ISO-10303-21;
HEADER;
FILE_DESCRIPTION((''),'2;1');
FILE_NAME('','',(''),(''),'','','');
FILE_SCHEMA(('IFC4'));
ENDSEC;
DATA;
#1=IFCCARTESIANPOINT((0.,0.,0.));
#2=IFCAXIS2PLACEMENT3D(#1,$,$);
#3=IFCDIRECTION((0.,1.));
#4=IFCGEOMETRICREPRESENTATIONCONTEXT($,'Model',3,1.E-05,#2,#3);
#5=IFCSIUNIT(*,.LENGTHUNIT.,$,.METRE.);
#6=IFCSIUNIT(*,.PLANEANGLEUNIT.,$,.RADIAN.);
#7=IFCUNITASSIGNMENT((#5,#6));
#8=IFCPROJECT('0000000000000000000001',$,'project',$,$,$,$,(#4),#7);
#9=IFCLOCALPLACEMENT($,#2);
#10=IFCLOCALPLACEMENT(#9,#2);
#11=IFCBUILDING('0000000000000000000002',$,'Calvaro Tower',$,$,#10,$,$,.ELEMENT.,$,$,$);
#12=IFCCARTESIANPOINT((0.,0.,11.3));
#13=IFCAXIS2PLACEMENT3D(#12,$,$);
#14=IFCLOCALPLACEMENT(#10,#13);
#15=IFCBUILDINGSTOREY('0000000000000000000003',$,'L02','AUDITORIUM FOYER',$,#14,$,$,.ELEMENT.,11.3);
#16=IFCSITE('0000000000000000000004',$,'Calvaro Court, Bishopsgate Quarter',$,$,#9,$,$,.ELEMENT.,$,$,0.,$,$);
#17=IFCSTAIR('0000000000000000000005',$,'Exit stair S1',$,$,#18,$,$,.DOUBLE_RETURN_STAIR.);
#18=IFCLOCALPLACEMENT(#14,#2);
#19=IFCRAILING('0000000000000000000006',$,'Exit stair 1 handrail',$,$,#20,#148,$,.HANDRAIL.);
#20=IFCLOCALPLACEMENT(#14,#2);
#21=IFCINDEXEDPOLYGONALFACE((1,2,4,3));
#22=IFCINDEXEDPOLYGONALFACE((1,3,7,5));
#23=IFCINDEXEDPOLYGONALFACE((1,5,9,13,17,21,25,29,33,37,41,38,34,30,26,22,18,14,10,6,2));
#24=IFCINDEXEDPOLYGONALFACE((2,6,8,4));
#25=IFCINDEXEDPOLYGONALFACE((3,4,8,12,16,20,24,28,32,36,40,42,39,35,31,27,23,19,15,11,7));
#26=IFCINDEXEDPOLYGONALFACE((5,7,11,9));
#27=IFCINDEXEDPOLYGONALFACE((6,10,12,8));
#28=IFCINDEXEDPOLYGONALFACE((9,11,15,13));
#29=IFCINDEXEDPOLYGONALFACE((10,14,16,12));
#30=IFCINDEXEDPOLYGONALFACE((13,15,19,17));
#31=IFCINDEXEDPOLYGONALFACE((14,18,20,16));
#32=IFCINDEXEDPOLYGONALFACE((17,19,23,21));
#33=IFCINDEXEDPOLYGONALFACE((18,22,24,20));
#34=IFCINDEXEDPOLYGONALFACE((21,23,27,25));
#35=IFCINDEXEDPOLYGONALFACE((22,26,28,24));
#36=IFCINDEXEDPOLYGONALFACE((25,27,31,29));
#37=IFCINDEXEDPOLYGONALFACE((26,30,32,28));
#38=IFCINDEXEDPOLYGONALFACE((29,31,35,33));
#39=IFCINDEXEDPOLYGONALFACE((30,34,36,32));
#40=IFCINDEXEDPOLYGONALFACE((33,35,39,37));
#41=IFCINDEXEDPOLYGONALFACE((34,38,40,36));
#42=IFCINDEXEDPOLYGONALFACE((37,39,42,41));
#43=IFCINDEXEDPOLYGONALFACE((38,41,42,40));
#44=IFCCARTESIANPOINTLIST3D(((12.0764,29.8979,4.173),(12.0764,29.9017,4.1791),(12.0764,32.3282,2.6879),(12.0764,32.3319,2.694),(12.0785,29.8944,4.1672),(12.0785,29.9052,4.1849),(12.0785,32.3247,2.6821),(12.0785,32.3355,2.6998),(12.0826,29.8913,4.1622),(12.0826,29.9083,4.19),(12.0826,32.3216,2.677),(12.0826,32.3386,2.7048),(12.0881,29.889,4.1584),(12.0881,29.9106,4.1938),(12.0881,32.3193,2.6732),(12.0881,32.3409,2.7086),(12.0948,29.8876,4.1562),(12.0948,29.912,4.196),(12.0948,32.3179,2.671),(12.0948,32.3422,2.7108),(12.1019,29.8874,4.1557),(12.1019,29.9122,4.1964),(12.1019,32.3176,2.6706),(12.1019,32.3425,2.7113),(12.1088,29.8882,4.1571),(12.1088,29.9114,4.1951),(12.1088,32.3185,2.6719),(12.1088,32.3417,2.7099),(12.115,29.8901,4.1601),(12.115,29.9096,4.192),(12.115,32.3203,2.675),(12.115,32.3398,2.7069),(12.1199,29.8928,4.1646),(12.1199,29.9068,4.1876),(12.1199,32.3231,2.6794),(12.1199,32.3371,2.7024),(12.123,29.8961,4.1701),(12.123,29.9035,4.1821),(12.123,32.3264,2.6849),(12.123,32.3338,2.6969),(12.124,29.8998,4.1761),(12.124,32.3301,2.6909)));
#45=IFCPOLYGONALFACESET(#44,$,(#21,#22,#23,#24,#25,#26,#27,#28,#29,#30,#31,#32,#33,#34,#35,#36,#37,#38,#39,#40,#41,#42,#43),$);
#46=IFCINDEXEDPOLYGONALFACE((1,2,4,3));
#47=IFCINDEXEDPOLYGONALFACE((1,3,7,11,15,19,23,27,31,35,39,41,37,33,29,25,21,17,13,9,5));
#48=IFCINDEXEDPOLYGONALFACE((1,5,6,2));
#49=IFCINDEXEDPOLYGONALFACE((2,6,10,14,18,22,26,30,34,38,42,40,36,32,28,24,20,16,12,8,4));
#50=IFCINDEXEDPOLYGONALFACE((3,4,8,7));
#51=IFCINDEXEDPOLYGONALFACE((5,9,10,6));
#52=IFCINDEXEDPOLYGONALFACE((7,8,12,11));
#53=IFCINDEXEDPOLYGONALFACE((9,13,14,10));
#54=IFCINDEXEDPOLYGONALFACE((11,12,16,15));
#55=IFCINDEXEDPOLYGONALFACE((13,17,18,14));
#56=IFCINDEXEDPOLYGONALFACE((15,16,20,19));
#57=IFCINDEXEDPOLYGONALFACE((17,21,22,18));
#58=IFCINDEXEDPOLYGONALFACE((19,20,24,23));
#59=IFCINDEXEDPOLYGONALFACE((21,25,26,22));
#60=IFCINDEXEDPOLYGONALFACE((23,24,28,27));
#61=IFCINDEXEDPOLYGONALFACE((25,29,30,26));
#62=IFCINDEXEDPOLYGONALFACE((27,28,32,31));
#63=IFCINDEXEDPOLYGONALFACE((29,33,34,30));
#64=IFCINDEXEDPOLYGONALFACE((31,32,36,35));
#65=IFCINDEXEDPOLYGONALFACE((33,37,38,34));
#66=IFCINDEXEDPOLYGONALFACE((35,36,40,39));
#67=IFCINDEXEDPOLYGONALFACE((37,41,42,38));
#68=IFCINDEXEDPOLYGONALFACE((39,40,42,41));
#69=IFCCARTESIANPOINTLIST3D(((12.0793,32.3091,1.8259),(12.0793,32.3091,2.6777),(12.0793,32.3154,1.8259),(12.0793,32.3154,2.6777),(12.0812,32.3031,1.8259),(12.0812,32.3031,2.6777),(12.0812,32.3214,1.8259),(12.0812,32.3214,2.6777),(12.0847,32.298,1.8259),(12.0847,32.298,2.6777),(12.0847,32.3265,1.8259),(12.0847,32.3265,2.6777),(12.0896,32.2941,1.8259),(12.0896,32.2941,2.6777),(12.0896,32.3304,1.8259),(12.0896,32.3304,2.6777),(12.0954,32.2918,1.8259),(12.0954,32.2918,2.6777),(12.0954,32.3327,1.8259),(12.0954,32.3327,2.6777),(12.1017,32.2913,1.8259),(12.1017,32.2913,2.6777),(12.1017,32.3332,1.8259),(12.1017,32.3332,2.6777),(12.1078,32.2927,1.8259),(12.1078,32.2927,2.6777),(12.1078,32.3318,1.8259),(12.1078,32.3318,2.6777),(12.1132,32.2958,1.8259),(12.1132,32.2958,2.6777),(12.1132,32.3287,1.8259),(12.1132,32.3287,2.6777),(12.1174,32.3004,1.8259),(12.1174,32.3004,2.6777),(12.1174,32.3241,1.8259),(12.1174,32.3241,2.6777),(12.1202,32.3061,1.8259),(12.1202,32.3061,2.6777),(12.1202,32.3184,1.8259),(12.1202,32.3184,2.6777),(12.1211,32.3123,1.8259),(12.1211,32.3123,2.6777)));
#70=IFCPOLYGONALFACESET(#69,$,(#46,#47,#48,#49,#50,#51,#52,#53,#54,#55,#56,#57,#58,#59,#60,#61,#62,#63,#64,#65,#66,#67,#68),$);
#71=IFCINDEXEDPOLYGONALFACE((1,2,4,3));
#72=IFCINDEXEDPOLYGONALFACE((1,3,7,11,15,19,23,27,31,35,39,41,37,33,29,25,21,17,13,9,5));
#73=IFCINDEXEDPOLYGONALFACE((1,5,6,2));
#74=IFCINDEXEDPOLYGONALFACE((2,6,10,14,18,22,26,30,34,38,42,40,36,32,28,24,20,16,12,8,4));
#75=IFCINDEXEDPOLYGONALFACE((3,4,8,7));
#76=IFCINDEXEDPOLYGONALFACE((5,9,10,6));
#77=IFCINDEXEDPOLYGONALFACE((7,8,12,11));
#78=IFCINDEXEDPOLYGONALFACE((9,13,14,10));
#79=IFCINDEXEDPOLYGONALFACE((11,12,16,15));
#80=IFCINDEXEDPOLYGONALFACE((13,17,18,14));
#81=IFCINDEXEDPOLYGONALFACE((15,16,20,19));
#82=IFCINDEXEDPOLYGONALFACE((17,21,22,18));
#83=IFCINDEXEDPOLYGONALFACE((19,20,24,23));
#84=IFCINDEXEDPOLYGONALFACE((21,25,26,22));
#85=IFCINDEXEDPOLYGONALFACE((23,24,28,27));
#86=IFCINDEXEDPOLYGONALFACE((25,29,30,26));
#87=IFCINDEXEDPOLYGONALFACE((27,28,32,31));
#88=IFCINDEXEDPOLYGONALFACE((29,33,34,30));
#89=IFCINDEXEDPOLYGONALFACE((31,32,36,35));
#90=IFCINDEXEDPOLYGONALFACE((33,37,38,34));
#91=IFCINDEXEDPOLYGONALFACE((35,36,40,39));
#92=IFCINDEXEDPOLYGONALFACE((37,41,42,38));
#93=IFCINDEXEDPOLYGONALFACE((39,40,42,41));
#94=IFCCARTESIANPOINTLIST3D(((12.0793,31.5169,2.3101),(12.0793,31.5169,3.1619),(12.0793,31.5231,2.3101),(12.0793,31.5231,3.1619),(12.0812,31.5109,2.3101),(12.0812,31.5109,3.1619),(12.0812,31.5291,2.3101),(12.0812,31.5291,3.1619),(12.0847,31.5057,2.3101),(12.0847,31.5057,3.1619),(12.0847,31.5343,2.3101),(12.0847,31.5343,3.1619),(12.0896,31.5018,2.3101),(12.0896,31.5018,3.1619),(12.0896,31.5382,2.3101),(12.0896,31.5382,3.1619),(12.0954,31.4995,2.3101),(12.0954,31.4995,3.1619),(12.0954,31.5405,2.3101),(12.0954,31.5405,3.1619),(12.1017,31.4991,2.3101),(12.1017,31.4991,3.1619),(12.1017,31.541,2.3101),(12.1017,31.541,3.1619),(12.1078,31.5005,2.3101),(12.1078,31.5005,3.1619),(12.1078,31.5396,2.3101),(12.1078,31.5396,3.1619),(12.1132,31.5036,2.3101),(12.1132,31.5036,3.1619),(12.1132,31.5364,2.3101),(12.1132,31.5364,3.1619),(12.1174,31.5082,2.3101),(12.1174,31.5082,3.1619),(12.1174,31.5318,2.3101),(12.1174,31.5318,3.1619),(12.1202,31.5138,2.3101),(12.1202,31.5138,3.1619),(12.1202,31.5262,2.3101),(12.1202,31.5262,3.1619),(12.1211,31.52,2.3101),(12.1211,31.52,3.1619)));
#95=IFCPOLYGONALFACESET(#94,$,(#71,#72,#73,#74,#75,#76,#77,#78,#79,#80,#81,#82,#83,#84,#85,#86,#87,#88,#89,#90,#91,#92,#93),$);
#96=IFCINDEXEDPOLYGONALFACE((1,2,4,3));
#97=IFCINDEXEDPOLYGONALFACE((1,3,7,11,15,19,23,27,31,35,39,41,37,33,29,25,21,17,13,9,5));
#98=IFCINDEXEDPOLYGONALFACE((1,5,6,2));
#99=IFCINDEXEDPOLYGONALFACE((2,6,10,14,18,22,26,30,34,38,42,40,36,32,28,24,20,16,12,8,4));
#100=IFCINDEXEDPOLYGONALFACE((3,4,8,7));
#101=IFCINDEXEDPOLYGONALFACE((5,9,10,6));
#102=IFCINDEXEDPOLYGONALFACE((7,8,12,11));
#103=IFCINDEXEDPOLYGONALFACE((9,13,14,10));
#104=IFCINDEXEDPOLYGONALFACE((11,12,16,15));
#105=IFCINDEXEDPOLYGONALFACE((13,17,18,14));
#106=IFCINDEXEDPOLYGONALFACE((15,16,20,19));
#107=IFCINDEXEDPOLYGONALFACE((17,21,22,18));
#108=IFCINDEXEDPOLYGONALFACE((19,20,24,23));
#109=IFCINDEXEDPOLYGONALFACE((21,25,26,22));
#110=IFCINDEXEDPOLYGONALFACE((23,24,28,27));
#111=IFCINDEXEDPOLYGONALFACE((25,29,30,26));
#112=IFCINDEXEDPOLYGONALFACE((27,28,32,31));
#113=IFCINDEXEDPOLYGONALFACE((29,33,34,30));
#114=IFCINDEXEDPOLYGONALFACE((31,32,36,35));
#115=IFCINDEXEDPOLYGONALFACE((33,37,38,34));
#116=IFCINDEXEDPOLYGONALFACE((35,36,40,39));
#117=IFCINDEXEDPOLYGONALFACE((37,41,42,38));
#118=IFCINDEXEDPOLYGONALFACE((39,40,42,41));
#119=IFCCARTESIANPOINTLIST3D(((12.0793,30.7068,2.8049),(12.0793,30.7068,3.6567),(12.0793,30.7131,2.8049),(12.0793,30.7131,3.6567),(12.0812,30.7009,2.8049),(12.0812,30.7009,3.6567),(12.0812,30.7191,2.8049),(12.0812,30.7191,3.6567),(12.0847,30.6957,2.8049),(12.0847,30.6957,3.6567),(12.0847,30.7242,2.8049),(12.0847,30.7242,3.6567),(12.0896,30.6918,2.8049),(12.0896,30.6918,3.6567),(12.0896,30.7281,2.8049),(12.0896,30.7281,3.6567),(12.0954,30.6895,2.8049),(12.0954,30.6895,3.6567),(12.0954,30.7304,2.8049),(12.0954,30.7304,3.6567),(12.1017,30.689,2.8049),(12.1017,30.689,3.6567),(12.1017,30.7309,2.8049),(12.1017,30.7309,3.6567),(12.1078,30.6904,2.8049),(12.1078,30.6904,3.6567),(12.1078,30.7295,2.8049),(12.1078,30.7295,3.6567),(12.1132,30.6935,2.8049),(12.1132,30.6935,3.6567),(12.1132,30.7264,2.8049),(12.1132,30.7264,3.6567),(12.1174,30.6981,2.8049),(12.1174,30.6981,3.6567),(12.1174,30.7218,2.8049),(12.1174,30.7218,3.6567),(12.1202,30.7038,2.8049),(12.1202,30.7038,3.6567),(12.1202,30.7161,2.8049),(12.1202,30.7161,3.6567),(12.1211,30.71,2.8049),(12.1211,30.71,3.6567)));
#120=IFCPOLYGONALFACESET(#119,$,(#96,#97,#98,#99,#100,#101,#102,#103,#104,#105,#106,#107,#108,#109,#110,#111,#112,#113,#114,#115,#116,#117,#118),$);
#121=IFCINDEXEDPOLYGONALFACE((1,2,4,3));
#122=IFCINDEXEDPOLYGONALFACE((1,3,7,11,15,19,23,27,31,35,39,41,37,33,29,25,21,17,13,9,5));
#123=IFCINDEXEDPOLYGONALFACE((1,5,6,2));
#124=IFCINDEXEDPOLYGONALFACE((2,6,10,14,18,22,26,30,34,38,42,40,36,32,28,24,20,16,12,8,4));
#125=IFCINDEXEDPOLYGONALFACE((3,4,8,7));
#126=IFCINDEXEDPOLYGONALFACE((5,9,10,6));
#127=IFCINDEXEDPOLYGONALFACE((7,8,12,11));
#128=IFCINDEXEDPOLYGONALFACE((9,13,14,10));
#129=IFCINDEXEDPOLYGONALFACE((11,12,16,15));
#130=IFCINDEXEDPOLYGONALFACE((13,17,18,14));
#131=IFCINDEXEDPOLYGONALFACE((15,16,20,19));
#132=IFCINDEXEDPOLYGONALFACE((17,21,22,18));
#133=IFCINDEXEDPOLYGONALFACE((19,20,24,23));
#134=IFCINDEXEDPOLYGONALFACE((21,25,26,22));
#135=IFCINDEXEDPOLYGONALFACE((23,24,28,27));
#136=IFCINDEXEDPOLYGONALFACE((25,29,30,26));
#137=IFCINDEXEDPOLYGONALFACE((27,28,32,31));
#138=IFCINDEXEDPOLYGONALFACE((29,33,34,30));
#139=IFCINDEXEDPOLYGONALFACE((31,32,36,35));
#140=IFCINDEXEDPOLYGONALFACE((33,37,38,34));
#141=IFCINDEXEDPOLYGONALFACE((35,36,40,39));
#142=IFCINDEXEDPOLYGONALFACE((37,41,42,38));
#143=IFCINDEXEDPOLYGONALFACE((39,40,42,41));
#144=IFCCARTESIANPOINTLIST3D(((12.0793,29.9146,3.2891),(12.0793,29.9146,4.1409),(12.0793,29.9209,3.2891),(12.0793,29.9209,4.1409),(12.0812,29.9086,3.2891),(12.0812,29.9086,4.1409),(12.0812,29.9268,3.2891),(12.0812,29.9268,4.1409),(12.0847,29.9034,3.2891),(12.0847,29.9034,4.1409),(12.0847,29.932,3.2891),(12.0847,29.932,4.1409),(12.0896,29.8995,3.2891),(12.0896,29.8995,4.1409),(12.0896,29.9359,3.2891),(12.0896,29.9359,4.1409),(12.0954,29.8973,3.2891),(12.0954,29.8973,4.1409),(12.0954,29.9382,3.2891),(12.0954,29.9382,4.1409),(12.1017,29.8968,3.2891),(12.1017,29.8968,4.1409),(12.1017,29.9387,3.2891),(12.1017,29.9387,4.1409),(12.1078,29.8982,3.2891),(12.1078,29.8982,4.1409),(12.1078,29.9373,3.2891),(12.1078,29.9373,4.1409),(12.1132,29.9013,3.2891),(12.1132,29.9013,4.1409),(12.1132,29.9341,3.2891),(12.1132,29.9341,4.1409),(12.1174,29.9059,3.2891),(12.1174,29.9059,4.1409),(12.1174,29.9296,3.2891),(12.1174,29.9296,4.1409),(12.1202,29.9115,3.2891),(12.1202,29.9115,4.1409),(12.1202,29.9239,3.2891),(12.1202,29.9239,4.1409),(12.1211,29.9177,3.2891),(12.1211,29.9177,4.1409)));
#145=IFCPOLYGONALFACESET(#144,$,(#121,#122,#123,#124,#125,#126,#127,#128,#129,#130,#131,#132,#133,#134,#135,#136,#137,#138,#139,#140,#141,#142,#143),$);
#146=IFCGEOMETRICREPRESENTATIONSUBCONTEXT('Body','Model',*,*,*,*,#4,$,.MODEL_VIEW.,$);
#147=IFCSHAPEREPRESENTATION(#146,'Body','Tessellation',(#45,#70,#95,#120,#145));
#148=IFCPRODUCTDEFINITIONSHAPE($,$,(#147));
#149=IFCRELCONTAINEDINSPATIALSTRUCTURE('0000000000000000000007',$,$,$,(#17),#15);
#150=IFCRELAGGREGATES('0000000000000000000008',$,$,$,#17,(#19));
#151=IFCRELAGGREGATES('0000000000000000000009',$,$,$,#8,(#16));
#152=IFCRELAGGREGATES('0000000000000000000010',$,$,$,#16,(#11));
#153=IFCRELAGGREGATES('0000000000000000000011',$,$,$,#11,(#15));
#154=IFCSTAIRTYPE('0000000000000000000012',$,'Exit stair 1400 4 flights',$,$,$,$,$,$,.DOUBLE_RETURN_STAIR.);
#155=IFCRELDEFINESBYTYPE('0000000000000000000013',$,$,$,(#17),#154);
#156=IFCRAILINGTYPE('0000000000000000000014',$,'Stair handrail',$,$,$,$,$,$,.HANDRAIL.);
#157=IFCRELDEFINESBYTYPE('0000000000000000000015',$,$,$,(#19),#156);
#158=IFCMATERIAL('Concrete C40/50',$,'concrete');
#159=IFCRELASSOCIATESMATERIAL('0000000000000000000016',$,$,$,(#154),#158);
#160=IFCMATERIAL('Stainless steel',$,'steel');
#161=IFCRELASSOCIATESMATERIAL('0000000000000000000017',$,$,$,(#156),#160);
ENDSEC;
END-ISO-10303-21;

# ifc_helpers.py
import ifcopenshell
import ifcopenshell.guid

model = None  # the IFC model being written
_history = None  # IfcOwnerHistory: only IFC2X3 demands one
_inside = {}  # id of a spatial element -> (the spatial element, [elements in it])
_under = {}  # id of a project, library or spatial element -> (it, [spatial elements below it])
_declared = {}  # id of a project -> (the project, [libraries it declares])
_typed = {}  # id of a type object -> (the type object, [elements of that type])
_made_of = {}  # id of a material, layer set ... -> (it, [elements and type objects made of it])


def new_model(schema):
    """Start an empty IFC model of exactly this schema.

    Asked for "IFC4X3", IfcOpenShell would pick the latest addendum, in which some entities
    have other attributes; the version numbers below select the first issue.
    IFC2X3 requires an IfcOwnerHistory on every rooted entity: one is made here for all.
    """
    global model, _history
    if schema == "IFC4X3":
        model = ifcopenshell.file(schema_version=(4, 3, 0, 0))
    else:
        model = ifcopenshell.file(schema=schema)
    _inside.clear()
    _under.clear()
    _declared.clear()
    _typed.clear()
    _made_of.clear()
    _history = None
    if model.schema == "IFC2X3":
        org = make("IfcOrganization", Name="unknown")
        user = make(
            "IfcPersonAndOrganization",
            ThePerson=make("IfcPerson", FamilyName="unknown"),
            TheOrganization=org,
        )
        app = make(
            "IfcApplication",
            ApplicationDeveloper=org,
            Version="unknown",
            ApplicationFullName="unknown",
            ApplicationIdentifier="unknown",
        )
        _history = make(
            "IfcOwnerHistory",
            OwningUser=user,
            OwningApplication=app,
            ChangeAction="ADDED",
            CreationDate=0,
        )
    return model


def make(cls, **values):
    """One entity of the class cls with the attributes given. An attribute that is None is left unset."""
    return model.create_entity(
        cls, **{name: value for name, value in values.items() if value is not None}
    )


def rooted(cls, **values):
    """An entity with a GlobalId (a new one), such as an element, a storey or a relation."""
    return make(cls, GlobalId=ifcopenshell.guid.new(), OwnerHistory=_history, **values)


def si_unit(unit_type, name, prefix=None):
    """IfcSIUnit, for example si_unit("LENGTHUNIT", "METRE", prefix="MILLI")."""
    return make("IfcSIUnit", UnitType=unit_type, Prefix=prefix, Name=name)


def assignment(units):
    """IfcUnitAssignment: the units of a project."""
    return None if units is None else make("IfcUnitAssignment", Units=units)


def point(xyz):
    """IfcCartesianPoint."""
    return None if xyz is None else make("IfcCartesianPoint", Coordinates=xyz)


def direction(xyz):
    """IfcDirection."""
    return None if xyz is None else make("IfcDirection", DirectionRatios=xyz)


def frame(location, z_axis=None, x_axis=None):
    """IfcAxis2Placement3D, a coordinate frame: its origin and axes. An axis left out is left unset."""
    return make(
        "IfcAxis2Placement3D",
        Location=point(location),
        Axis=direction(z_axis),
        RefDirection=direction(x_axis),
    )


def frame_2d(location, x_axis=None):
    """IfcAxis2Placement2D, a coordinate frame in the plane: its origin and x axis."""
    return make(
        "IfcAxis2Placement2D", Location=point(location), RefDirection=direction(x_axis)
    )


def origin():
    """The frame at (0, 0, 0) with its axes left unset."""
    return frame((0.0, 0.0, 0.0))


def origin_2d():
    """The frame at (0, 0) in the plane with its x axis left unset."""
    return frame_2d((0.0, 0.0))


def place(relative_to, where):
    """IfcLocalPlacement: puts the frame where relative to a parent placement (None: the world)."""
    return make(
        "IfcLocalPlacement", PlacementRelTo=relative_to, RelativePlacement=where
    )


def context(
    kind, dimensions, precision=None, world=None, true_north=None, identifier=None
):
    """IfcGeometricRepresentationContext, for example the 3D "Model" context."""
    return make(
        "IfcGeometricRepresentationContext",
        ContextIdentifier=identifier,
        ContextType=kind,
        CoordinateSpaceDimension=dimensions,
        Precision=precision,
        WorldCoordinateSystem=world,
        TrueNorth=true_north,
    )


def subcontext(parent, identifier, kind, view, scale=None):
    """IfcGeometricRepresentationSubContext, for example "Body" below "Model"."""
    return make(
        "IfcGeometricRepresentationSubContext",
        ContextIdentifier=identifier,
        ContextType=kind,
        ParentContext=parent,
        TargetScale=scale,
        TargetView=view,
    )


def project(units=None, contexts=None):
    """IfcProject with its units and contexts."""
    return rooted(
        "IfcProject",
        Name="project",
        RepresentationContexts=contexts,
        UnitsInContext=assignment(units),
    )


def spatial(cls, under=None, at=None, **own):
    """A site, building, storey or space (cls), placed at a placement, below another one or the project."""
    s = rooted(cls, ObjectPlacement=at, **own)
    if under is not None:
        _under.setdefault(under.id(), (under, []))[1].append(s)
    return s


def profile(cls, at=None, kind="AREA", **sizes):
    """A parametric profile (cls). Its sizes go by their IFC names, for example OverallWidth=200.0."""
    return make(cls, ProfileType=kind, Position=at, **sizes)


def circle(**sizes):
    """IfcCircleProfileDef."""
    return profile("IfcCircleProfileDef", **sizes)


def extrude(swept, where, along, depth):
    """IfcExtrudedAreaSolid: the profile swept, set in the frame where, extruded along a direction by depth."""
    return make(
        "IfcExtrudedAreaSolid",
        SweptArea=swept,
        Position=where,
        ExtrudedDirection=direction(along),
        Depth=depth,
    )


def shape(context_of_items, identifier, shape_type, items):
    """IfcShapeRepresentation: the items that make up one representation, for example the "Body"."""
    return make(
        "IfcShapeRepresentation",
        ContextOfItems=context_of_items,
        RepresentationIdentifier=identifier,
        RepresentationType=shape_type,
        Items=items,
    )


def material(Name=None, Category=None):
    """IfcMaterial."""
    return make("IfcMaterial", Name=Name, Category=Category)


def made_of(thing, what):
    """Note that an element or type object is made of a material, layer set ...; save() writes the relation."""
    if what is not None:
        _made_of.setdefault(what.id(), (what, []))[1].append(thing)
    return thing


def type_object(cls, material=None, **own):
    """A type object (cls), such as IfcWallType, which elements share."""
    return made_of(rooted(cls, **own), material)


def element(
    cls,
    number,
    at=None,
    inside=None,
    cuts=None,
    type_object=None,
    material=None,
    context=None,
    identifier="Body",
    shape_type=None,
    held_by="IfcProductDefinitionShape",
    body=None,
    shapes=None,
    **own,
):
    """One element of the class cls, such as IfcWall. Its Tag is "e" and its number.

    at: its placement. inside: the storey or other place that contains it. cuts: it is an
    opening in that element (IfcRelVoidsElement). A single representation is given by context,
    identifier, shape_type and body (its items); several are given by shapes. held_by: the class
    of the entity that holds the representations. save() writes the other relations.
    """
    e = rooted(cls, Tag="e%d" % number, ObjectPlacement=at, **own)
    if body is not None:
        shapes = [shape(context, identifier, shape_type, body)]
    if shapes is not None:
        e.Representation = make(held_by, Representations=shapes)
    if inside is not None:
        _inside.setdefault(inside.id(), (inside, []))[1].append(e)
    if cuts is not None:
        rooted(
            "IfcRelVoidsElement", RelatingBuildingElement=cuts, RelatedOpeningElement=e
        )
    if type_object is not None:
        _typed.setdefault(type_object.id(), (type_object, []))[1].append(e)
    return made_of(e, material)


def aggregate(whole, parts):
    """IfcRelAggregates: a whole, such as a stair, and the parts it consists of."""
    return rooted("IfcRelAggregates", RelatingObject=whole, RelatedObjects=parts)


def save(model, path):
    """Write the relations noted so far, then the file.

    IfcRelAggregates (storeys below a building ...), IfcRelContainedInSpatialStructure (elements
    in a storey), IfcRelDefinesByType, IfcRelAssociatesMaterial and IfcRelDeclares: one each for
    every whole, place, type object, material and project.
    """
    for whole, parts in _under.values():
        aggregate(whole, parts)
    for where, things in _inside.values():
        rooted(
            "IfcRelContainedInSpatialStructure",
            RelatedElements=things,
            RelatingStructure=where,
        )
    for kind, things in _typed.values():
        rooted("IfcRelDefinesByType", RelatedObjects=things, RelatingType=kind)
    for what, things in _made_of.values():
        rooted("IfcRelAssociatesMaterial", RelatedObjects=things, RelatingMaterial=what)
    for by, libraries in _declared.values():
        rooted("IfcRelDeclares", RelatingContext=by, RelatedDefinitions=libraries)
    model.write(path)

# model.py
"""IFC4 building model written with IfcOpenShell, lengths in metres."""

from ifc_helpers import new_model, si_unit, direction, frame, origin, origin_2d, place, context, subcontext, project, spatial, circle, extrude, material, type_object, element, aggregate, save


model = new_model("IFC4")

# Units and contexts
model_context = context("Model", 3, precision=1e-05, world=origin(), true_north=direction((0.0, 1.0)))
body_context = subcontext(model_context, "Body", "Model", "MODEL_VIEW")
ifc_project = project(units=[si_unit("LENGTHUNIT", "METRE"), si_unit("PLANEANGLEUNIT", "RADIAN")], contexts=[model_context])

# Site, building, storey
site_placement = place(None, origin())
site = spatial("IfcSite", under=ifc_project, at=site_placement, Name="Calvaro Court, Bishopsgate Quarter", CompositionType="ELEMENT", RefElevation=0.0)
building_placement = place(site_placement, origin())
building = spatial("IfcBuilding", under=site, at=building_placement, Name="Calvaro Tower", CompositionType="ELEMENT")
storey_placement = place(building_placement, frame((0.0, 0.0, 11.3)))
storey = spatial("IfcBuildingStorey", under=building, at=storey_placement, Name="L02", Description="AUDITORIUM FOYER", CompositionType="ELEMENT", Elevation=11.3)

# Stair, railing
ifc_material_1 = material(Name="Concrete C40/50", Category="concrete")
stair_type = type_object("IfcStairType", Name="Exit stair 1400 4 flights", PredefinedType="DOUBLE_RETURN_STAIR", material=ifc_material_1)
stair_placement = place(storey_placement, origin())
stair = element("IfcStair", 1, at=stair_placement, inside=storey, type_object=stair_type, Name="Exit stair S1", PredefinedType="DOUBLE_RETURN_STAIR")
ifc_material_2 = material(Name="Stainless steel", Category="steel")
railing_type = type_object("IfcRailingType", Name="Stair handrail", PredefinedType="HANDRAIL", material=ifc_material_2)
railing_1_placement = place(storey_placement, frame((12.1001, 32.3301, 1.8149)))
railing_1 = element("IfcRailing", 2, at=railing_1_placement, type_object=railing_type, Name="Exit stair 1 handrail", PredefinedType="HANDRAIL", context=body_context, shape_type="SweptSolid", body=[
    extrude(circle(Radius=0.0239, at=origin_2d()), frame((0.0, 0.0, 0.876), z_axis=(0.0, -0.853282, 0.52145), x_axis=(1.0, 0.0, 0.0)), (0.0, 0.0, 1.0), 2.8481),
    extrude(circle(Radius=0.021, at=origin_2d()), frame((0.0, -0.0178, 0.011)), (0.0, 0.0, 1.0), 0.8518),
    extrude(circle(Radius=0.021, at=origin_2d()), frame((0.0, -0.8101, 0.4951)), (0.0, 0.0, 1.0), 0.8518),
    extrude(circle(Radius=0.021, at=origin_2d()), frame((0.0, -1.6201, 0.99)), (0.0, 0.0, 1.0), 0.8518),
    extrude(circle(Radius=0.021, at=origin_2d()), frame((0.0, -2.4124, 1.4741)), (0.0, 0.0, 1.0), 0.8518),
])
aggregate(stair, [railing_1])

save(model, "model.ifc")
